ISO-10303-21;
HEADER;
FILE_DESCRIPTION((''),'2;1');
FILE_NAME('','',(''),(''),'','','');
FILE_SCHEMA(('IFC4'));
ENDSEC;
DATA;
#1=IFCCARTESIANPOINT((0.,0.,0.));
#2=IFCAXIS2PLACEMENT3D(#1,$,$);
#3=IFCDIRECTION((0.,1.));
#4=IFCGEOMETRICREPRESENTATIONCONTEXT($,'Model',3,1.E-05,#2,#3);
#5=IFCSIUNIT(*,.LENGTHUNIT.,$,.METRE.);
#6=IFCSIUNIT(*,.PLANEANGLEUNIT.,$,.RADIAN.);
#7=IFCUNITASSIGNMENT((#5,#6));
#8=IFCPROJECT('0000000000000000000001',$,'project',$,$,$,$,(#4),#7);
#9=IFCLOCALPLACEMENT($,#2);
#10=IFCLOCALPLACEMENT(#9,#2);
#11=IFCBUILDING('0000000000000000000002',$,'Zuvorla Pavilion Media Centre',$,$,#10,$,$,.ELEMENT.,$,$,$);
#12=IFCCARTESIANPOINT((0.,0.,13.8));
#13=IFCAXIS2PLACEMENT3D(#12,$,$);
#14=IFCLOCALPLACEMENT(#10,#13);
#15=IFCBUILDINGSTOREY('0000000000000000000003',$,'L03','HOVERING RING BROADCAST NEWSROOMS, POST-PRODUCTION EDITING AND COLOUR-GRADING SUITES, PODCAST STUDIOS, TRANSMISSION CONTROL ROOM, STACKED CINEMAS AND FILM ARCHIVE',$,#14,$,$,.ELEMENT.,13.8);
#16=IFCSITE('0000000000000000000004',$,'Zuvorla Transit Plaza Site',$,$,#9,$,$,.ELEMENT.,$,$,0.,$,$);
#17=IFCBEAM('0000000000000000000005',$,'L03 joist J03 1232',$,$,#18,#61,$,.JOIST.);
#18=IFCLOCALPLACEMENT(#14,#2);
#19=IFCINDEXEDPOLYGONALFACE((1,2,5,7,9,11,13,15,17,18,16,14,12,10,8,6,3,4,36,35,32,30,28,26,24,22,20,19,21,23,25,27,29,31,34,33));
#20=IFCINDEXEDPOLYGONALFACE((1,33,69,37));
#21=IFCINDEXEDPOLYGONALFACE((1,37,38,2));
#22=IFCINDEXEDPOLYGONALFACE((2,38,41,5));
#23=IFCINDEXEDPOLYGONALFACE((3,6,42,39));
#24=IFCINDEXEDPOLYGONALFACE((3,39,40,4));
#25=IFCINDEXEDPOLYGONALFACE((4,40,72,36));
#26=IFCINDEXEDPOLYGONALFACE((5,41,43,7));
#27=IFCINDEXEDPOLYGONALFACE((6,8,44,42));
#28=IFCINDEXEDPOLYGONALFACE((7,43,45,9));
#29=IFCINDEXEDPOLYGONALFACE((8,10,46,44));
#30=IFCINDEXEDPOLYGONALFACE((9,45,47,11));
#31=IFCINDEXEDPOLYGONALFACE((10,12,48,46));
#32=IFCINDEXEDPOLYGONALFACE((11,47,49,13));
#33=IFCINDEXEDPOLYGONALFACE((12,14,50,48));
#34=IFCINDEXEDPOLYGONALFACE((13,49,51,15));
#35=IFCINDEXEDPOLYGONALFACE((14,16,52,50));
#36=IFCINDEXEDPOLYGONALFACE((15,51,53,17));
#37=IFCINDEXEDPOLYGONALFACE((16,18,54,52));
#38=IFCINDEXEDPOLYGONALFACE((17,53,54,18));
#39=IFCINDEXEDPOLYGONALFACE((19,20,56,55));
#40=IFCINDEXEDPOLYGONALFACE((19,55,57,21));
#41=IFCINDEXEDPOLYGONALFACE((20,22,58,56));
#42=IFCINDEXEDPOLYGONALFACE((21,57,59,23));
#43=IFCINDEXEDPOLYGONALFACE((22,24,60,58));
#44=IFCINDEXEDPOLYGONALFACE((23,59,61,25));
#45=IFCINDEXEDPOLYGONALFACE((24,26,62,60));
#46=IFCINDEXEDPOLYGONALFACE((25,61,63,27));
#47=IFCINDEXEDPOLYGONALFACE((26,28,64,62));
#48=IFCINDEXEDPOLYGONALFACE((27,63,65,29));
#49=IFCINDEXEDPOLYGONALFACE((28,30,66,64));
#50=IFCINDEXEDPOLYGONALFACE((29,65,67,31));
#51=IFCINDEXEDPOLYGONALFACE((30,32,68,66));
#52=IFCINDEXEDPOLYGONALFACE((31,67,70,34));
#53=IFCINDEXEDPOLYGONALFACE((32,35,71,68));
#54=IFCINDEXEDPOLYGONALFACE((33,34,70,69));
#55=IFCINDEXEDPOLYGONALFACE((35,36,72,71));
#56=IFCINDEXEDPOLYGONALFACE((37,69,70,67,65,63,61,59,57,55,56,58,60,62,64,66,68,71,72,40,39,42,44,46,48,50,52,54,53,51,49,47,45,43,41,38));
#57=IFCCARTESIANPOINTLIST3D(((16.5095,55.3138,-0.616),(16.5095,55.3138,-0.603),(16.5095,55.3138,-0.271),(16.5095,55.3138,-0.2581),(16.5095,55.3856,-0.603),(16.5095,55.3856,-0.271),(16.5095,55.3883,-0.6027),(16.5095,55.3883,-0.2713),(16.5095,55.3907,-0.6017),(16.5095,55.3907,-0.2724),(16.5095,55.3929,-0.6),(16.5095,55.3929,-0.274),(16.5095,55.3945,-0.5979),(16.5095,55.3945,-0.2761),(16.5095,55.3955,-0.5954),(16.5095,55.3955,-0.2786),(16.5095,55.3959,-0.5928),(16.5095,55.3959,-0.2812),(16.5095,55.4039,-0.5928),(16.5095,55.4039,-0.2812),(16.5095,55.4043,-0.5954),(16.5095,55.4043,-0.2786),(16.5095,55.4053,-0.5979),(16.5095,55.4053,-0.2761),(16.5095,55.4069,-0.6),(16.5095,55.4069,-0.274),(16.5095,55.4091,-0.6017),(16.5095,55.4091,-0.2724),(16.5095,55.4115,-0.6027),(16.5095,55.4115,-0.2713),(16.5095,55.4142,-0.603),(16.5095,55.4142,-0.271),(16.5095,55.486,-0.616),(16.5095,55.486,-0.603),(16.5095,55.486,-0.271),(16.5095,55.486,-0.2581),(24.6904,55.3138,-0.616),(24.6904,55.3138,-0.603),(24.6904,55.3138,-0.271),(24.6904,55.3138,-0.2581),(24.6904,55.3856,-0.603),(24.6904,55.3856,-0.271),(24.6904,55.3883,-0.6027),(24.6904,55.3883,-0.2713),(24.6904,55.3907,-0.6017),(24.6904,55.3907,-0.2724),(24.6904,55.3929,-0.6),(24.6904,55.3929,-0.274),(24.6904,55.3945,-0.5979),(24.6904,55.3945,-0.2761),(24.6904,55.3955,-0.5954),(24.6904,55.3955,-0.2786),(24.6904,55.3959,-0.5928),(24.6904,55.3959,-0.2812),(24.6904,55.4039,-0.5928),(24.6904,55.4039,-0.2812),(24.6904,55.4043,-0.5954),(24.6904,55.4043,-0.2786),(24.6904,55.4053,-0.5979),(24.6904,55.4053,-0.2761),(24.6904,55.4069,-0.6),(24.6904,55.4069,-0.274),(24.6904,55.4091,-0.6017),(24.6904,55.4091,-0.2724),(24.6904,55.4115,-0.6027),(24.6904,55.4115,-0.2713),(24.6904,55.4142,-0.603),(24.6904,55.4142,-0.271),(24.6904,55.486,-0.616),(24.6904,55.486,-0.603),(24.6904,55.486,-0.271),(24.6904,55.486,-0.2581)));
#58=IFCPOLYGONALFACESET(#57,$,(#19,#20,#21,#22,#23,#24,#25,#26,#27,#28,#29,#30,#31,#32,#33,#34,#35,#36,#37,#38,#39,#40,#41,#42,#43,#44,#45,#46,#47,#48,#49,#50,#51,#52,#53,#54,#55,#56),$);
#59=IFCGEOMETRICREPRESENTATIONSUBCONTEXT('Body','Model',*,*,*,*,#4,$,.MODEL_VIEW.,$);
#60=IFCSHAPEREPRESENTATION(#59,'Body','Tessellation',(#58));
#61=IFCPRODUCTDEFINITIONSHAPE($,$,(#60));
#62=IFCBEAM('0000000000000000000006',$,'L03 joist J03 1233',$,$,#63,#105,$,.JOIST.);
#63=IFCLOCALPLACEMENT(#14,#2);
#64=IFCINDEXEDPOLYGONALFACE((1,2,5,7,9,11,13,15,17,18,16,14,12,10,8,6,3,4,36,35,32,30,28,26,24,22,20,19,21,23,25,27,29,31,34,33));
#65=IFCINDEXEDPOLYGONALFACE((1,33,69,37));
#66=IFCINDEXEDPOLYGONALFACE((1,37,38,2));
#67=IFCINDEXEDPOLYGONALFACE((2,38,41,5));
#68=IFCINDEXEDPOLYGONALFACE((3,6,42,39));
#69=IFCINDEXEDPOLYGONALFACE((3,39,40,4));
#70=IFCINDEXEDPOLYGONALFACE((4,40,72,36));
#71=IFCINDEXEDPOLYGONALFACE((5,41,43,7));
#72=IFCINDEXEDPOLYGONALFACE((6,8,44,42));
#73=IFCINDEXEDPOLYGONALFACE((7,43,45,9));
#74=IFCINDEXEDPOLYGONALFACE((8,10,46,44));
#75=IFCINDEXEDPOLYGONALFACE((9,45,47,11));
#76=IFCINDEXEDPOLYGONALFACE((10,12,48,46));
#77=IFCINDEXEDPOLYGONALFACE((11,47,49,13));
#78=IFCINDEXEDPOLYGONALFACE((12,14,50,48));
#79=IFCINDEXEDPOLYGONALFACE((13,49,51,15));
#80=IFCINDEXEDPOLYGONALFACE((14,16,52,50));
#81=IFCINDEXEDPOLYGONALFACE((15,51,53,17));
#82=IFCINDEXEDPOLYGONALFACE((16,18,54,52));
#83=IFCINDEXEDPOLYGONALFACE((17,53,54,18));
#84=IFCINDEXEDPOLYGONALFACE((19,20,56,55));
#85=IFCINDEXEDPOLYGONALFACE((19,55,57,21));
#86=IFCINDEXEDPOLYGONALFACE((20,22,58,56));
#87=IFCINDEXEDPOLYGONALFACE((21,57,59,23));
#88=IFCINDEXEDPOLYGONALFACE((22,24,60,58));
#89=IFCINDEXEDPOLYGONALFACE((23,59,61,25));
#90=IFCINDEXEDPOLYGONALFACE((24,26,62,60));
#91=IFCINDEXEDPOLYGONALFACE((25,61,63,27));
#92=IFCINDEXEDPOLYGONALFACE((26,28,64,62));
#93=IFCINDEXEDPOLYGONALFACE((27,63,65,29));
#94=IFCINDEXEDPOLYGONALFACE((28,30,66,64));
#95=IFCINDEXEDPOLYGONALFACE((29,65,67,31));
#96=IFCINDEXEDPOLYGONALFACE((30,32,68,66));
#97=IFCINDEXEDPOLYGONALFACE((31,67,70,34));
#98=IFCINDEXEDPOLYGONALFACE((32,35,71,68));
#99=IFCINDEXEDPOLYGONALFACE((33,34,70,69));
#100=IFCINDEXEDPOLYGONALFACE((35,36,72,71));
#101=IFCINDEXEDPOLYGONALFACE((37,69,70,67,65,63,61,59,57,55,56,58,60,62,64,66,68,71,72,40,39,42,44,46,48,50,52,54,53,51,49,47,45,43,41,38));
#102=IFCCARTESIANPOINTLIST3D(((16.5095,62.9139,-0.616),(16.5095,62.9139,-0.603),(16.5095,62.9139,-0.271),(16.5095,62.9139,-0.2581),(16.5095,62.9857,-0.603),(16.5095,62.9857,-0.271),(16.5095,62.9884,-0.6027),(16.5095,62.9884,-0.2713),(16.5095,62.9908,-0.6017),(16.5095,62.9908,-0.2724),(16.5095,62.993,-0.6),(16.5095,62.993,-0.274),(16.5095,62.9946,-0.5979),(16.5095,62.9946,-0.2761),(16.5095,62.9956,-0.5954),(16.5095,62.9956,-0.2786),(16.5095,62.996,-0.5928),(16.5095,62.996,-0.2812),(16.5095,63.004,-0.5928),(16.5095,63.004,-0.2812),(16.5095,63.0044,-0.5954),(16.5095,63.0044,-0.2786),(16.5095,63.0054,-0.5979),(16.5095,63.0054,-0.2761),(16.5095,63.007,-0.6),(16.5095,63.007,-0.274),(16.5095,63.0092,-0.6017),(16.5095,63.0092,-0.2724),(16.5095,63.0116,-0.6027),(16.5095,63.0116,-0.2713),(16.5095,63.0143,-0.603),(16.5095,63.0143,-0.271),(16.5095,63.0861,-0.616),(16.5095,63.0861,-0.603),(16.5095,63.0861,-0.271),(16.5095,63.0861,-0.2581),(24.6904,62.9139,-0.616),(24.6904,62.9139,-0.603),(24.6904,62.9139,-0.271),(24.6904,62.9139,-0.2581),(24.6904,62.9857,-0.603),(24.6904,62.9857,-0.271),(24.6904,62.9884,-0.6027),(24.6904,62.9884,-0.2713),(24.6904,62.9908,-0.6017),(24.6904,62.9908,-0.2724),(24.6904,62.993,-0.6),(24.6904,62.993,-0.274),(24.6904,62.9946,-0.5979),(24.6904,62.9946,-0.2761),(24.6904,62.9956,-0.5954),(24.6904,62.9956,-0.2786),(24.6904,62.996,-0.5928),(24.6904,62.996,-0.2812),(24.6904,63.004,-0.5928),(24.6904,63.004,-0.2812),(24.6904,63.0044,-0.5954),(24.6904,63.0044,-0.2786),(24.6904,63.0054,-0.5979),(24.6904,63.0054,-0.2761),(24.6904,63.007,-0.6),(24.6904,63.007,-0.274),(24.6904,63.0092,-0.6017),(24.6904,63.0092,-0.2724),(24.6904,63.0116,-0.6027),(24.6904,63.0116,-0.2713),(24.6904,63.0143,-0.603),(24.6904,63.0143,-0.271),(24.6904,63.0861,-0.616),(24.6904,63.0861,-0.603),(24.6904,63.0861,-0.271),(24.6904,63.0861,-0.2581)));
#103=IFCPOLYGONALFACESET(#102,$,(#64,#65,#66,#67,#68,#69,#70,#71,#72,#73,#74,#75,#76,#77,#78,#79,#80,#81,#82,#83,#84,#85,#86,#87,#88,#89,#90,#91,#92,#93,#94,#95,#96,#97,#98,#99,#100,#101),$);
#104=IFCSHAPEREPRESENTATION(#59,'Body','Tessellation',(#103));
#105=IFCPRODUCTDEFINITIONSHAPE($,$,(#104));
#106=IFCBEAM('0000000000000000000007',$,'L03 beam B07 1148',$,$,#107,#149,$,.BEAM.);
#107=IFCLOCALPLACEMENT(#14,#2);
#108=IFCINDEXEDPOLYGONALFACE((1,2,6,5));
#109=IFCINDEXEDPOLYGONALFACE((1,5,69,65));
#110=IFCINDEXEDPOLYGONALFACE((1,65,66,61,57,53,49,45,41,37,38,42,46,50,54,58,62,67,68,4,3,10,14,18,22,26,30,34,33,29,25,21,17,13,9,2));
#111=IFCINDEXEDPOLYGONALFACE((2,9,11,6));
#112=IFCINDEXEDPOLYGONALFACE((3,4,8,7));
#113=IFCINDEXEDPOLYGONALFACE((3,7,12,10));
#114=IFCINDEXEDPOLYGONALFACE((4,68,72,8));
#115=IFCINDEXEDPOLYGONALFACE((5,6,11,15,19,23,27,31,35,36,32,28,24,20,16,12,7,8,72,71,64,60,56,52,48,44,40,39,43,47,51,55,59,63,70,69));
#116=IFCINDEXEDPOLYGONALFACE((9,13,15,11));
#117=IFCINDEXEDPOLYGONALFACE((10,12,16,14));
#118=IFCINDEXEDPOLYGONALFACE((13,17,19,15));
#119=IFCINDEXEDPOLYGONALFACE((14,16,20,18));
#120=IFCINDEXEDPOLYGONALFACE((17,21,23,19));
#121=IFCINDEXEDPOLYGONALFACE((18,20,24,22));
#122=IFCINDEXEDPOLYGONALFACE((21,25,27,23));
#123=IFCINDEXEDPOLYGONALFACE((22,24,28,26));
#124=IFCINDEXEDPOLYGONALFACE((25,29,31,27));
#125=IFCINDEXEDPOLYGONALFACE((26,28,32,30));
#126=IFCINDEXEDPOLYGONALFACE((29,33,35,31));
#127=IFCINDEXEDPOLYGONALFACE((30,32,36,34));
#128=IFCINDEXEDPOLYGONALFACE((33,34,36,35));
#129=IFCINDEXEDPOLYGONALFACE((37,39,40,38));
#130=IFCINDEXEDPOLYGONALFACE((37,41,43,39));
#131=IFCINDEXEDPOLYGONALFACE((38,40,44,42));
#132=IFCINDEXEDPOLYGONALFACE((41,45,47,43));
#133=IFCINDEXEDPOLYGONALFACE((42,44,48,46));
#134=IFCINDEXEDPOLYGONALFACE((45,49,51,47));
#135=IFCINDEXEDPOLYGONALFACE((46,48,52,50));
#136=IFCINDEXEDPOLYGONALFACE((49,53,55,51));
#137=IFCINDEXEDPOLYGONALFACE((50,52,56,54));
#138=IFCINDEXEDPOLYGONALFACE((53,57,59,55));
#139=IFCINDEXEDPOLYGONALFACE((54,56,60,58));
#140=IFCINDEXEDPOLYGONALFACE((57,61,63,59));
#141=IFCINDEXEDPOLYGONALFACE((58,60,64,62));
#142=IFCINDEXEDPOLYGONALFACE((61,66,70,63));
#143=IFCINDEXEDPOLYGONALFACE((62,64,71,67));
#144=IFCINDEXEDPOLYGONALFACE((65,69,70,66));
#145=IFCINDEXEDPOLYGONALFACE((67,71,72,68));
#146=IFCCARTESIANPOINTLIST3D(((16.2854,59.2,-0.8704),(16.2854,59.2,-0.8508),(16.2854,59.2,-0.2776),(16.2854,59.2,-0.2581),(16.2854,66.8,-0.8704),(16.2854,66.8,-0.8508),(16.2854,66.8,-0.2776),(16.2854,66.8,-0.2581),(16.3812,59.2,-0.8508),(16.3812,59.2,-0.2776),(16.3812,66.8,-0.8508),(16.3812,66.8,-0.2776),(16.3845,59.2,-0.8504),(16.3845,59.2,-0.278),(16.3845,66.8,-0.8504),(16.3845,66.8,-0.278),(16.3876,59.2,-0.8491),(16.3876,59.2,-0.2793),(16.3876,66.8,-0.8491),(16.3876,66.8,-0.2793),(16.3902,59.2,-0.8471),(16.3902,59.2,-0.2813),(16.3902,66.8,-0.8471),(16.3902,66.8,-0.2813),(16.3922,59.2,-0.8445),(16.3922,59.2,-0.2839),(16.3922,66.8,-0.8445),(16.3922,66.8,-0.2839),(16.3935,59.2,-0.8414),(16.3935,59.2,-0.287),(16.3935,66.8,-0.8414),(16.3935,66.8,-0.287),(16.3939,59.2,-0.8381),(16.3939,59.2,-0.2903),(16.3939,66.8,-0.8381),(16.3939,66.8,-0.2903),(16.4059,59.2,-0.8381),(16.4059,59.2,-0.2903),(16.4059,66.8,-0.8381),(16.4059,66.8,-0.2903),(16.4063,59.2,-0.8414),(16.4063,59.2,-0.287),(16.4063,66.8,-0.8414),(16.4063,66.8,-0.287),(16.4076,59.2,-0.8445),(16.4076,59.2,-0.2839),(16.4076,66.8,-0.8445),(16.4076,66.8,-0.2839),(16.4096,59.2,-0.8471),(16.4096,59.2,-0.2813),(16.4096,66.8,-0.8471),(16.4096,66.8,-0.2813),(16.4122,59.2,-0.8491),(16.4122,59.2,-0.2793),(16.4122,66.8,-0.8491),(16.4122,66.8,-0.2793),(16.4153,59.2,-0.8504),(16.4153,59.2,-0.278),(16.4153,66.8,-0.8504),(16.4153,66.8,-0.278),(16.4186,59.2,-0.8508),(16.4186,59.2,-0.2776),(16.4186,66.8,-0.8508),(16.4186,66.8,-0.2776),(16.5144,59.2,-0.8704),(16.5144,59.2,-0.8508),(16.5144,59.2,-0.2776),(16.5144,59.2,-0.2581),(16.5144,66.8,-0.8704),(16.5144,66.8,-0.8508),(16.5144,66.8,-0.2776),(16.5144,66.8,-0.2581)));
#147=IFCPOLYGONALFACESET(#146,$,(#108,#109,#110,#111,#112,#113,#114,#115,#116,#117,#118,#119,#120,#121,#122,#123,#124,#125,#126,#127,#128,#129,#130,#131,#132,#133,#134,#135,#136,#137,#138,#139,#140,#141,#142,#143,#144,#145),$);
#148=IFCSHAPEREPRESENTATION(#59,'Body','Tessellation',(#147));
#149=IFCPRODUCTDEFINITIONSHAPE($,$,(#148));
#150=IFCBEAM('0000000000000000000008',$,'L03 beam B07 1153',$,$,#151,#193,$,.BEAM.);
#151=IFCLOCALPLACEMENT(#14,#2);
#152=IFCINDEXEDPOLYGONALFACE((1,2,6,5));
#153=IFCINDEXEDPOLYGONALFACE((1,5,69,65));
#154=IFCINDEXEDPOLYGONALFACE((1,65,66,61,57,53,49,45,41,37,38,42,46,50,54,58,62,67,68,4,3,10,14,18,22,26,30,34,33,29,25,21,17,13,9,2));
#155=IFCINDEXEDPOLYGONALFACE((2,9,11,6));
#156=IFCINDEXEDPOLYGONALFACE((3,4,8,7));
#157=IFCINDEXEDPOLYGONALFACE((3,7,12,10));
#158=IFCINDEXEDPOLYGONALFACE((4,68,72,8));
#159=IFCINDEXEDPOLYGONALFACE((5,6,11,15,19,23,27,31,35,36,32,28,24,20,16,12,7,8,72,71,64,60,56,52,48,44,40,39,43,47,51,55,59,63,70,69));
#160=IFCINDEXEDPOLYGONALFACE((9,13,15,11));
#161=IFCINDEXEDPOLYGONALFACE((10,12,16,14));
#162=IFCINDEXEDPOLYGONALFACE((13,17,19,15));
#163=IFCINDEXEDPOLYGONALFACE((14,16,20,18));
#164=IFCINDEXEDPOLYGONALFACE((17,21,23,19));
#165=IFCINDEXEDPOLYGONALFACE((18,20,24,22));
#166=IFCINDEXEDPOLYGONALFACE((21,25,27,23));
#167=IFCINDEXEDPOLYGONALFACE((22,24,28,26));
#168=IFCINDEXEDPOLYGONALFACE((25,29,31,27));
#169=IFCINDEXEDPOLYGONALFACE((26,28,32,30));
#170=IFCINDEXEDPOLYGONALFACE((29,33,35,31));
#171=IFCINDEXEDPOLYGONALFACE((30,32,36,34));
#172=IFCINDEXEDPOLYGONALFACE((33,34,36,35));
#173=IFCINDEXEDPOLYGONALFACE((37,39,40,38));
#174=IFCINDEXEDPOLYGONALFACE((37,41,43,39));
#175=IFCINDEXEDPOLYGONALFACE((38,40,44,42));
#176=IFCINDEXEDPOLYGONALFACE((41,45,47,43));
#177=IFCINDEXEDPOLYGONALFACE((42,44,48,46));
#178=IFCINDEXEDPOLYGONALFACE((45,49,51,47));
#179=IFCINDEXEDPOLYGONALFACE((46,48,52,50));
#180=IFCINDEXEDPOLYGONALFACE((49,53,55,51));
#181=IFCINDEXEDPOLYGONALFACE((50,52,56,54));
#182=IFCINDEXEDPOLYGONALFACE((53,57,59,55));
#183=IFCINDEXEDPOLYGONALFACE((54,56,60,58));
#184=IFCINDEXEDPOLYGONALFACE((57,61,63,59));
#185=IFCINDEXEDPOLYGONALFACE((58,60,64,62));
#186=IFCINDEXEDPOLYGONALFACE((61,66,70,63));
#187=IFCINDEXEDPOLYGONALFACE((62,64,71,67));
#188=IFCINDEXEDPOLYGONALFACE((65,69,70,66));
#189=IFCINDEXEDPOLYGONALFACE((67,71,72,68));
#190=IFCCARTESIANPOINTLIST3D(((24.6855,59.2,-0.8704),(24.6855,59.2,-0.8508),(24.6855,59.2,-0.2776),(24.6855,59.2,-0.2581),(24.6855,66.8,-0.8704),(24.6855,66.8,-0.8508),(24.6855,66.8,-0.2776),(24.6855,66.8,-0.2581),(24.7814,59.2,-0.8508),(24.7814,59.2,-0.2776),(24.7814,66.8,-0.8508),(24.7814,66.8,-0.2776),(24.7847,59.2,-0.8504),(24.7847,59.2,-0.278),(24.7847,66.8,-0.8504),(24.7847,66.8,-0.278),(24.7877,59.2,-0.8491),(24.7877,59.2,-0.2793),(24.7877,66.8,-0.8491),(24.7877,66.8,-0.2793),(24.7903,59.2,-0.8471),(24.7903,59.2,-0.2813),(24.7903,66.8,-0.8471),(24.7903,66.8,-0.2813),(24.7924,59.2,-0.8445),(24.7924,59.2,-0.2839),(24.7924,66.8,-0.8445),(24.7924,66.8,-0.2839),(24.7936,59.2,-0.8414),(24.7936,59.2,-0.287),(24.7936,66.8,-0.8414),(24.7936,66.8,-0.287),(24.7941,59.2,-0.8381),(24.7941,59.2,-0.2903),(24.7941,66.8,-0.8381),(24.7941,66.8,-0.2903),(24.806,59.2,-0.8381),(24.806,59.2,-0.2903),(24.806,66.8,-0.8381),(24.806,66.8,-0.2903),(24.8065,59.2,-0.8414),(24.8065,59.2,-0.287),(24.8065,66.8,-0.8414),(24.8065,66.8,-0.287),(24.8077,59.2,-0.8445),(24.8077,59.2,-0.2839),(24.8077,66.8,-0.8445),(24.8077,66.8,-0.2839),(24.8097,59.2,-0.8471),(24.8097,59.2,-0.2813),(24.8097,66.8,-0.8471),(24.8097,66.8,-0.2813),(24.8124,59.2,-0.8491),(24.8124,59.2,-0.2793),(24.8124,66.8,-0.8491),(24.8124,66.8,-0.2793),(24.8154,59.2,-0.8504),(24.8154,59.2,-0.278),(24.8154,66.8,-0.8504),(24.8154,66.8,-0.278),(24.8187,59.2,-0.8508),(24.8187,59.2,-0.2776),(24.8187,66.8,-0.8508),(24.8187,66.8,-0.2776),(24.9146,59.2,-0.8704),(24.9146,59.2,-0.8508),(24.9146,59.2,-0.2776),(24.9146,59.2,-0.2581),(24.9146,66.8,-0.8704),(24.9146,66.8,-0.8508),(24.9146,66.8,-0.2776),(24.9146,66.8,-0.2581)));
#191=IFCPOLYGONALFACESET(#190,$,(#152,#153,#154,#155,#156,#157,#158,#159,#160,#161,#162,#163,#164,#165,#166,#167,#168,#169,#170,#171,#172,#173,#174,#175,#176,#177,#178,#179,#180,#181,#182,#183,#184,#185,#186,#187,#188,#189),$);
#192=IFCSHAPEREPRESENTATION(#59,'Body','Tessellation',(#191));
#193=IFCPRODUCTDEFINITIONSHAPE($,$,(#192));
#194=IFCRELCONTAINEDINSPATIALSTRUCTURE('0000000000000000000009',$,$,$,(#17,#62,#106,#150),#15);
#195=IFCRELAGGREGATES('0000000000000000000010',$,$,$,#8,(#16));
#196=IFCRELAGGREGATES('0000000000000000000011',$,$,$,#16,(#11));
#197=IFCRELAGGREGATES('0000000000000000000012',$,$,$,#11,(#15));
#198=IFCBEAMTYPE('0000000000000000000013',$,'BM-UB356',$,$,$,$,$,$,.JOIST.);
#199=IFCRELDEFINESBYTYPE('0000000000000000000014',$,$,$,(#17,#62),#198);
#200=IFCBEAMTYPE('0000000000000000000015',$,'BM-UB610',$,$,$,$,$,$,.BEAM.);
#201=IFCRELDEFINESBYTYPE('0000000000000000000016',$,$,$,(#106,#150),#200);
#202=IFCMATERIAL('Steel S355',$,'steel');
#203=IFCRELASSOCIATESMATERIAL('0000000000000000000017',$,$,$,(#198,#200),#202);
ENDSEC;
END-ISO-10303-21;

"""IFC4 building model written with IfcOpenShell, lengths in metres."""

from ifc_helpers import new_model, si_unit, direction, frame, origin, origin_2d, place, context, subcontext, project, spatial, i_section, extrude, material, material_profile, profile_set, type_object, element, save


model = new_model("IFC4")

# Units and contexts
model_context = context("Model", 3, precision=1e-05, world=origin(), true_north=direction((0.0, 1.0)))
body_context = subcontext(model_context, "Body", "Model", "MODEL_VIEW")
ifc_project = project(units=[si_unit("LENGTHUNIT", "METRE"), si_unit("PLANEANGLEUNIT", "RADIAN")], contexts=[model_context])

# Site, building, storey
site_placement = place(None, origin())
site = spatial("IfcSite", under=ifc_project, at=site_placement, Name="Zuvorla Transit Plaza Site", CompositionType="ELEMENT", RefElevation=0.0)
building_placement = place(site_placement, origin())
building = spatial("IfcBuilding", under=site, at=building_placement, Name="Zuvorla Pavilion Media Centre", CompositionType="ELEMENT")
storey_placement = place(building_placement, frame((0.0, 0.0, 13.8)))
storey = spatial("IfcBuildingStorey", under=building, at=storey_placement, Name="L03", Description="HOVERING RING BROADCAST NEWSROOMS, POST-PRODUCTION EDITING AND COLOUR-GRADING SUITES, PODCAST STUDIOS, TRANSMISSION CONTROL ROOM, STACKED CINEMAS AND FILM ARCHIVE", CompositionType="ELEMENT", Elevation=13.8)

# Shared definitions
ifc_material_1 = material(Name="Steel S355", Category="steel")

# Beams
ifc_material_profile_1 = material_profile(ifc_material_1, i_section(OverallWidth=0.1721, OverallDepth=0.3579, WebThickness=0.0081, FlangeThickness=0.0129, FilletRadius=0.0103, at=origin_2d()), Name="UB 356x171x57")
ifc_profile_set_1 = profile_set([ifc_material_profile_1], Name="Steel S355")
beam_type_1 = type_object("IfcBeamType", Name="BM-UB356", PredefinedType="JOIST", material=ifc_profile_set_1)
for number, where, z_axis, x_axis, name in (
    (1, (16.5095, 55.3999, -0.437), (1.0, 0.0, 0.0), (0.0, 1.0, 0.0), "L03 joist J03 1232"),
    (2, (16.5095, 63.0, -0.437), (1.0, 0.0, 0.0), (0.0, 1.0, 0.0), "L03 joist J03 1233"),
):
    element("IfcBeam", number, at=place(storey_placement, frame(where, z_axis=z_axis, x_axis=x_axis)), inside=storey, type_object=beam_type_1, Name=name, PredefinedType="JOIST", context=body_context, shape_type="SweptSolid", body=[
        extrude(i_section(OverallWidth=0.1721, OverallDepth=0.3579, WebThickness=0.0081, FlangeThickness=0.0129, FilletRadius=0.0103, at=origin_2d()), origin(), (0.0, 0.0, 1.0), 8.1809),
    ])
ifc_material_profile_2 = material_profile(ifc_material_1, i_section(OverallWidth=0.229, OverallDepth=0.6123, WebThickness=0.012, FlangeThickness=0.0195, FilletRadius=0.0127, at=origin_2d()), Name="UB 610x229x125")
ifc_profile_set_2 = profile_set([ifc_material_profile_2], Name="Steel S355")
beam_type_2 = type_object("IfcBeamType", Name="BM-UB610", PredefinedType="BEAM", material=ifc_profile_set_2)
for number, where, z_axis, x_axis, name in (
    (3, (16.3999, 59.2, -0.5642), (0.0, 1.0, 0.0), (-1.0, 0.0, 0.0), "L03 beam B07 1148"),
    (4, (24.8, 59.2, -0.5642), (0.0, 1.0, 0.0), (-1.0, 0.0, 0.0), "L03 beam B07 1153"),
):
    element("IfcBeam", number, at=place(storey_placement, frame(where, z_axis=z_axis, x_axis=x_axis)), inside=storey, type_object=beam_type_2, Name=name, PredefinedType="BEAM", context=body_context, shape_type="SweptSolid", body=[
        extrude(i_section(OverallWidth=0.229, OverallDepth=0.6123, WebThickness=0.012, FlangeThickness=0.0195, FilletRadius=0.0127, at=origin_2d()), origin(), (0.0, 0.0, 1.0), 7.6001),
    ])

save(model, "model.ifc")
